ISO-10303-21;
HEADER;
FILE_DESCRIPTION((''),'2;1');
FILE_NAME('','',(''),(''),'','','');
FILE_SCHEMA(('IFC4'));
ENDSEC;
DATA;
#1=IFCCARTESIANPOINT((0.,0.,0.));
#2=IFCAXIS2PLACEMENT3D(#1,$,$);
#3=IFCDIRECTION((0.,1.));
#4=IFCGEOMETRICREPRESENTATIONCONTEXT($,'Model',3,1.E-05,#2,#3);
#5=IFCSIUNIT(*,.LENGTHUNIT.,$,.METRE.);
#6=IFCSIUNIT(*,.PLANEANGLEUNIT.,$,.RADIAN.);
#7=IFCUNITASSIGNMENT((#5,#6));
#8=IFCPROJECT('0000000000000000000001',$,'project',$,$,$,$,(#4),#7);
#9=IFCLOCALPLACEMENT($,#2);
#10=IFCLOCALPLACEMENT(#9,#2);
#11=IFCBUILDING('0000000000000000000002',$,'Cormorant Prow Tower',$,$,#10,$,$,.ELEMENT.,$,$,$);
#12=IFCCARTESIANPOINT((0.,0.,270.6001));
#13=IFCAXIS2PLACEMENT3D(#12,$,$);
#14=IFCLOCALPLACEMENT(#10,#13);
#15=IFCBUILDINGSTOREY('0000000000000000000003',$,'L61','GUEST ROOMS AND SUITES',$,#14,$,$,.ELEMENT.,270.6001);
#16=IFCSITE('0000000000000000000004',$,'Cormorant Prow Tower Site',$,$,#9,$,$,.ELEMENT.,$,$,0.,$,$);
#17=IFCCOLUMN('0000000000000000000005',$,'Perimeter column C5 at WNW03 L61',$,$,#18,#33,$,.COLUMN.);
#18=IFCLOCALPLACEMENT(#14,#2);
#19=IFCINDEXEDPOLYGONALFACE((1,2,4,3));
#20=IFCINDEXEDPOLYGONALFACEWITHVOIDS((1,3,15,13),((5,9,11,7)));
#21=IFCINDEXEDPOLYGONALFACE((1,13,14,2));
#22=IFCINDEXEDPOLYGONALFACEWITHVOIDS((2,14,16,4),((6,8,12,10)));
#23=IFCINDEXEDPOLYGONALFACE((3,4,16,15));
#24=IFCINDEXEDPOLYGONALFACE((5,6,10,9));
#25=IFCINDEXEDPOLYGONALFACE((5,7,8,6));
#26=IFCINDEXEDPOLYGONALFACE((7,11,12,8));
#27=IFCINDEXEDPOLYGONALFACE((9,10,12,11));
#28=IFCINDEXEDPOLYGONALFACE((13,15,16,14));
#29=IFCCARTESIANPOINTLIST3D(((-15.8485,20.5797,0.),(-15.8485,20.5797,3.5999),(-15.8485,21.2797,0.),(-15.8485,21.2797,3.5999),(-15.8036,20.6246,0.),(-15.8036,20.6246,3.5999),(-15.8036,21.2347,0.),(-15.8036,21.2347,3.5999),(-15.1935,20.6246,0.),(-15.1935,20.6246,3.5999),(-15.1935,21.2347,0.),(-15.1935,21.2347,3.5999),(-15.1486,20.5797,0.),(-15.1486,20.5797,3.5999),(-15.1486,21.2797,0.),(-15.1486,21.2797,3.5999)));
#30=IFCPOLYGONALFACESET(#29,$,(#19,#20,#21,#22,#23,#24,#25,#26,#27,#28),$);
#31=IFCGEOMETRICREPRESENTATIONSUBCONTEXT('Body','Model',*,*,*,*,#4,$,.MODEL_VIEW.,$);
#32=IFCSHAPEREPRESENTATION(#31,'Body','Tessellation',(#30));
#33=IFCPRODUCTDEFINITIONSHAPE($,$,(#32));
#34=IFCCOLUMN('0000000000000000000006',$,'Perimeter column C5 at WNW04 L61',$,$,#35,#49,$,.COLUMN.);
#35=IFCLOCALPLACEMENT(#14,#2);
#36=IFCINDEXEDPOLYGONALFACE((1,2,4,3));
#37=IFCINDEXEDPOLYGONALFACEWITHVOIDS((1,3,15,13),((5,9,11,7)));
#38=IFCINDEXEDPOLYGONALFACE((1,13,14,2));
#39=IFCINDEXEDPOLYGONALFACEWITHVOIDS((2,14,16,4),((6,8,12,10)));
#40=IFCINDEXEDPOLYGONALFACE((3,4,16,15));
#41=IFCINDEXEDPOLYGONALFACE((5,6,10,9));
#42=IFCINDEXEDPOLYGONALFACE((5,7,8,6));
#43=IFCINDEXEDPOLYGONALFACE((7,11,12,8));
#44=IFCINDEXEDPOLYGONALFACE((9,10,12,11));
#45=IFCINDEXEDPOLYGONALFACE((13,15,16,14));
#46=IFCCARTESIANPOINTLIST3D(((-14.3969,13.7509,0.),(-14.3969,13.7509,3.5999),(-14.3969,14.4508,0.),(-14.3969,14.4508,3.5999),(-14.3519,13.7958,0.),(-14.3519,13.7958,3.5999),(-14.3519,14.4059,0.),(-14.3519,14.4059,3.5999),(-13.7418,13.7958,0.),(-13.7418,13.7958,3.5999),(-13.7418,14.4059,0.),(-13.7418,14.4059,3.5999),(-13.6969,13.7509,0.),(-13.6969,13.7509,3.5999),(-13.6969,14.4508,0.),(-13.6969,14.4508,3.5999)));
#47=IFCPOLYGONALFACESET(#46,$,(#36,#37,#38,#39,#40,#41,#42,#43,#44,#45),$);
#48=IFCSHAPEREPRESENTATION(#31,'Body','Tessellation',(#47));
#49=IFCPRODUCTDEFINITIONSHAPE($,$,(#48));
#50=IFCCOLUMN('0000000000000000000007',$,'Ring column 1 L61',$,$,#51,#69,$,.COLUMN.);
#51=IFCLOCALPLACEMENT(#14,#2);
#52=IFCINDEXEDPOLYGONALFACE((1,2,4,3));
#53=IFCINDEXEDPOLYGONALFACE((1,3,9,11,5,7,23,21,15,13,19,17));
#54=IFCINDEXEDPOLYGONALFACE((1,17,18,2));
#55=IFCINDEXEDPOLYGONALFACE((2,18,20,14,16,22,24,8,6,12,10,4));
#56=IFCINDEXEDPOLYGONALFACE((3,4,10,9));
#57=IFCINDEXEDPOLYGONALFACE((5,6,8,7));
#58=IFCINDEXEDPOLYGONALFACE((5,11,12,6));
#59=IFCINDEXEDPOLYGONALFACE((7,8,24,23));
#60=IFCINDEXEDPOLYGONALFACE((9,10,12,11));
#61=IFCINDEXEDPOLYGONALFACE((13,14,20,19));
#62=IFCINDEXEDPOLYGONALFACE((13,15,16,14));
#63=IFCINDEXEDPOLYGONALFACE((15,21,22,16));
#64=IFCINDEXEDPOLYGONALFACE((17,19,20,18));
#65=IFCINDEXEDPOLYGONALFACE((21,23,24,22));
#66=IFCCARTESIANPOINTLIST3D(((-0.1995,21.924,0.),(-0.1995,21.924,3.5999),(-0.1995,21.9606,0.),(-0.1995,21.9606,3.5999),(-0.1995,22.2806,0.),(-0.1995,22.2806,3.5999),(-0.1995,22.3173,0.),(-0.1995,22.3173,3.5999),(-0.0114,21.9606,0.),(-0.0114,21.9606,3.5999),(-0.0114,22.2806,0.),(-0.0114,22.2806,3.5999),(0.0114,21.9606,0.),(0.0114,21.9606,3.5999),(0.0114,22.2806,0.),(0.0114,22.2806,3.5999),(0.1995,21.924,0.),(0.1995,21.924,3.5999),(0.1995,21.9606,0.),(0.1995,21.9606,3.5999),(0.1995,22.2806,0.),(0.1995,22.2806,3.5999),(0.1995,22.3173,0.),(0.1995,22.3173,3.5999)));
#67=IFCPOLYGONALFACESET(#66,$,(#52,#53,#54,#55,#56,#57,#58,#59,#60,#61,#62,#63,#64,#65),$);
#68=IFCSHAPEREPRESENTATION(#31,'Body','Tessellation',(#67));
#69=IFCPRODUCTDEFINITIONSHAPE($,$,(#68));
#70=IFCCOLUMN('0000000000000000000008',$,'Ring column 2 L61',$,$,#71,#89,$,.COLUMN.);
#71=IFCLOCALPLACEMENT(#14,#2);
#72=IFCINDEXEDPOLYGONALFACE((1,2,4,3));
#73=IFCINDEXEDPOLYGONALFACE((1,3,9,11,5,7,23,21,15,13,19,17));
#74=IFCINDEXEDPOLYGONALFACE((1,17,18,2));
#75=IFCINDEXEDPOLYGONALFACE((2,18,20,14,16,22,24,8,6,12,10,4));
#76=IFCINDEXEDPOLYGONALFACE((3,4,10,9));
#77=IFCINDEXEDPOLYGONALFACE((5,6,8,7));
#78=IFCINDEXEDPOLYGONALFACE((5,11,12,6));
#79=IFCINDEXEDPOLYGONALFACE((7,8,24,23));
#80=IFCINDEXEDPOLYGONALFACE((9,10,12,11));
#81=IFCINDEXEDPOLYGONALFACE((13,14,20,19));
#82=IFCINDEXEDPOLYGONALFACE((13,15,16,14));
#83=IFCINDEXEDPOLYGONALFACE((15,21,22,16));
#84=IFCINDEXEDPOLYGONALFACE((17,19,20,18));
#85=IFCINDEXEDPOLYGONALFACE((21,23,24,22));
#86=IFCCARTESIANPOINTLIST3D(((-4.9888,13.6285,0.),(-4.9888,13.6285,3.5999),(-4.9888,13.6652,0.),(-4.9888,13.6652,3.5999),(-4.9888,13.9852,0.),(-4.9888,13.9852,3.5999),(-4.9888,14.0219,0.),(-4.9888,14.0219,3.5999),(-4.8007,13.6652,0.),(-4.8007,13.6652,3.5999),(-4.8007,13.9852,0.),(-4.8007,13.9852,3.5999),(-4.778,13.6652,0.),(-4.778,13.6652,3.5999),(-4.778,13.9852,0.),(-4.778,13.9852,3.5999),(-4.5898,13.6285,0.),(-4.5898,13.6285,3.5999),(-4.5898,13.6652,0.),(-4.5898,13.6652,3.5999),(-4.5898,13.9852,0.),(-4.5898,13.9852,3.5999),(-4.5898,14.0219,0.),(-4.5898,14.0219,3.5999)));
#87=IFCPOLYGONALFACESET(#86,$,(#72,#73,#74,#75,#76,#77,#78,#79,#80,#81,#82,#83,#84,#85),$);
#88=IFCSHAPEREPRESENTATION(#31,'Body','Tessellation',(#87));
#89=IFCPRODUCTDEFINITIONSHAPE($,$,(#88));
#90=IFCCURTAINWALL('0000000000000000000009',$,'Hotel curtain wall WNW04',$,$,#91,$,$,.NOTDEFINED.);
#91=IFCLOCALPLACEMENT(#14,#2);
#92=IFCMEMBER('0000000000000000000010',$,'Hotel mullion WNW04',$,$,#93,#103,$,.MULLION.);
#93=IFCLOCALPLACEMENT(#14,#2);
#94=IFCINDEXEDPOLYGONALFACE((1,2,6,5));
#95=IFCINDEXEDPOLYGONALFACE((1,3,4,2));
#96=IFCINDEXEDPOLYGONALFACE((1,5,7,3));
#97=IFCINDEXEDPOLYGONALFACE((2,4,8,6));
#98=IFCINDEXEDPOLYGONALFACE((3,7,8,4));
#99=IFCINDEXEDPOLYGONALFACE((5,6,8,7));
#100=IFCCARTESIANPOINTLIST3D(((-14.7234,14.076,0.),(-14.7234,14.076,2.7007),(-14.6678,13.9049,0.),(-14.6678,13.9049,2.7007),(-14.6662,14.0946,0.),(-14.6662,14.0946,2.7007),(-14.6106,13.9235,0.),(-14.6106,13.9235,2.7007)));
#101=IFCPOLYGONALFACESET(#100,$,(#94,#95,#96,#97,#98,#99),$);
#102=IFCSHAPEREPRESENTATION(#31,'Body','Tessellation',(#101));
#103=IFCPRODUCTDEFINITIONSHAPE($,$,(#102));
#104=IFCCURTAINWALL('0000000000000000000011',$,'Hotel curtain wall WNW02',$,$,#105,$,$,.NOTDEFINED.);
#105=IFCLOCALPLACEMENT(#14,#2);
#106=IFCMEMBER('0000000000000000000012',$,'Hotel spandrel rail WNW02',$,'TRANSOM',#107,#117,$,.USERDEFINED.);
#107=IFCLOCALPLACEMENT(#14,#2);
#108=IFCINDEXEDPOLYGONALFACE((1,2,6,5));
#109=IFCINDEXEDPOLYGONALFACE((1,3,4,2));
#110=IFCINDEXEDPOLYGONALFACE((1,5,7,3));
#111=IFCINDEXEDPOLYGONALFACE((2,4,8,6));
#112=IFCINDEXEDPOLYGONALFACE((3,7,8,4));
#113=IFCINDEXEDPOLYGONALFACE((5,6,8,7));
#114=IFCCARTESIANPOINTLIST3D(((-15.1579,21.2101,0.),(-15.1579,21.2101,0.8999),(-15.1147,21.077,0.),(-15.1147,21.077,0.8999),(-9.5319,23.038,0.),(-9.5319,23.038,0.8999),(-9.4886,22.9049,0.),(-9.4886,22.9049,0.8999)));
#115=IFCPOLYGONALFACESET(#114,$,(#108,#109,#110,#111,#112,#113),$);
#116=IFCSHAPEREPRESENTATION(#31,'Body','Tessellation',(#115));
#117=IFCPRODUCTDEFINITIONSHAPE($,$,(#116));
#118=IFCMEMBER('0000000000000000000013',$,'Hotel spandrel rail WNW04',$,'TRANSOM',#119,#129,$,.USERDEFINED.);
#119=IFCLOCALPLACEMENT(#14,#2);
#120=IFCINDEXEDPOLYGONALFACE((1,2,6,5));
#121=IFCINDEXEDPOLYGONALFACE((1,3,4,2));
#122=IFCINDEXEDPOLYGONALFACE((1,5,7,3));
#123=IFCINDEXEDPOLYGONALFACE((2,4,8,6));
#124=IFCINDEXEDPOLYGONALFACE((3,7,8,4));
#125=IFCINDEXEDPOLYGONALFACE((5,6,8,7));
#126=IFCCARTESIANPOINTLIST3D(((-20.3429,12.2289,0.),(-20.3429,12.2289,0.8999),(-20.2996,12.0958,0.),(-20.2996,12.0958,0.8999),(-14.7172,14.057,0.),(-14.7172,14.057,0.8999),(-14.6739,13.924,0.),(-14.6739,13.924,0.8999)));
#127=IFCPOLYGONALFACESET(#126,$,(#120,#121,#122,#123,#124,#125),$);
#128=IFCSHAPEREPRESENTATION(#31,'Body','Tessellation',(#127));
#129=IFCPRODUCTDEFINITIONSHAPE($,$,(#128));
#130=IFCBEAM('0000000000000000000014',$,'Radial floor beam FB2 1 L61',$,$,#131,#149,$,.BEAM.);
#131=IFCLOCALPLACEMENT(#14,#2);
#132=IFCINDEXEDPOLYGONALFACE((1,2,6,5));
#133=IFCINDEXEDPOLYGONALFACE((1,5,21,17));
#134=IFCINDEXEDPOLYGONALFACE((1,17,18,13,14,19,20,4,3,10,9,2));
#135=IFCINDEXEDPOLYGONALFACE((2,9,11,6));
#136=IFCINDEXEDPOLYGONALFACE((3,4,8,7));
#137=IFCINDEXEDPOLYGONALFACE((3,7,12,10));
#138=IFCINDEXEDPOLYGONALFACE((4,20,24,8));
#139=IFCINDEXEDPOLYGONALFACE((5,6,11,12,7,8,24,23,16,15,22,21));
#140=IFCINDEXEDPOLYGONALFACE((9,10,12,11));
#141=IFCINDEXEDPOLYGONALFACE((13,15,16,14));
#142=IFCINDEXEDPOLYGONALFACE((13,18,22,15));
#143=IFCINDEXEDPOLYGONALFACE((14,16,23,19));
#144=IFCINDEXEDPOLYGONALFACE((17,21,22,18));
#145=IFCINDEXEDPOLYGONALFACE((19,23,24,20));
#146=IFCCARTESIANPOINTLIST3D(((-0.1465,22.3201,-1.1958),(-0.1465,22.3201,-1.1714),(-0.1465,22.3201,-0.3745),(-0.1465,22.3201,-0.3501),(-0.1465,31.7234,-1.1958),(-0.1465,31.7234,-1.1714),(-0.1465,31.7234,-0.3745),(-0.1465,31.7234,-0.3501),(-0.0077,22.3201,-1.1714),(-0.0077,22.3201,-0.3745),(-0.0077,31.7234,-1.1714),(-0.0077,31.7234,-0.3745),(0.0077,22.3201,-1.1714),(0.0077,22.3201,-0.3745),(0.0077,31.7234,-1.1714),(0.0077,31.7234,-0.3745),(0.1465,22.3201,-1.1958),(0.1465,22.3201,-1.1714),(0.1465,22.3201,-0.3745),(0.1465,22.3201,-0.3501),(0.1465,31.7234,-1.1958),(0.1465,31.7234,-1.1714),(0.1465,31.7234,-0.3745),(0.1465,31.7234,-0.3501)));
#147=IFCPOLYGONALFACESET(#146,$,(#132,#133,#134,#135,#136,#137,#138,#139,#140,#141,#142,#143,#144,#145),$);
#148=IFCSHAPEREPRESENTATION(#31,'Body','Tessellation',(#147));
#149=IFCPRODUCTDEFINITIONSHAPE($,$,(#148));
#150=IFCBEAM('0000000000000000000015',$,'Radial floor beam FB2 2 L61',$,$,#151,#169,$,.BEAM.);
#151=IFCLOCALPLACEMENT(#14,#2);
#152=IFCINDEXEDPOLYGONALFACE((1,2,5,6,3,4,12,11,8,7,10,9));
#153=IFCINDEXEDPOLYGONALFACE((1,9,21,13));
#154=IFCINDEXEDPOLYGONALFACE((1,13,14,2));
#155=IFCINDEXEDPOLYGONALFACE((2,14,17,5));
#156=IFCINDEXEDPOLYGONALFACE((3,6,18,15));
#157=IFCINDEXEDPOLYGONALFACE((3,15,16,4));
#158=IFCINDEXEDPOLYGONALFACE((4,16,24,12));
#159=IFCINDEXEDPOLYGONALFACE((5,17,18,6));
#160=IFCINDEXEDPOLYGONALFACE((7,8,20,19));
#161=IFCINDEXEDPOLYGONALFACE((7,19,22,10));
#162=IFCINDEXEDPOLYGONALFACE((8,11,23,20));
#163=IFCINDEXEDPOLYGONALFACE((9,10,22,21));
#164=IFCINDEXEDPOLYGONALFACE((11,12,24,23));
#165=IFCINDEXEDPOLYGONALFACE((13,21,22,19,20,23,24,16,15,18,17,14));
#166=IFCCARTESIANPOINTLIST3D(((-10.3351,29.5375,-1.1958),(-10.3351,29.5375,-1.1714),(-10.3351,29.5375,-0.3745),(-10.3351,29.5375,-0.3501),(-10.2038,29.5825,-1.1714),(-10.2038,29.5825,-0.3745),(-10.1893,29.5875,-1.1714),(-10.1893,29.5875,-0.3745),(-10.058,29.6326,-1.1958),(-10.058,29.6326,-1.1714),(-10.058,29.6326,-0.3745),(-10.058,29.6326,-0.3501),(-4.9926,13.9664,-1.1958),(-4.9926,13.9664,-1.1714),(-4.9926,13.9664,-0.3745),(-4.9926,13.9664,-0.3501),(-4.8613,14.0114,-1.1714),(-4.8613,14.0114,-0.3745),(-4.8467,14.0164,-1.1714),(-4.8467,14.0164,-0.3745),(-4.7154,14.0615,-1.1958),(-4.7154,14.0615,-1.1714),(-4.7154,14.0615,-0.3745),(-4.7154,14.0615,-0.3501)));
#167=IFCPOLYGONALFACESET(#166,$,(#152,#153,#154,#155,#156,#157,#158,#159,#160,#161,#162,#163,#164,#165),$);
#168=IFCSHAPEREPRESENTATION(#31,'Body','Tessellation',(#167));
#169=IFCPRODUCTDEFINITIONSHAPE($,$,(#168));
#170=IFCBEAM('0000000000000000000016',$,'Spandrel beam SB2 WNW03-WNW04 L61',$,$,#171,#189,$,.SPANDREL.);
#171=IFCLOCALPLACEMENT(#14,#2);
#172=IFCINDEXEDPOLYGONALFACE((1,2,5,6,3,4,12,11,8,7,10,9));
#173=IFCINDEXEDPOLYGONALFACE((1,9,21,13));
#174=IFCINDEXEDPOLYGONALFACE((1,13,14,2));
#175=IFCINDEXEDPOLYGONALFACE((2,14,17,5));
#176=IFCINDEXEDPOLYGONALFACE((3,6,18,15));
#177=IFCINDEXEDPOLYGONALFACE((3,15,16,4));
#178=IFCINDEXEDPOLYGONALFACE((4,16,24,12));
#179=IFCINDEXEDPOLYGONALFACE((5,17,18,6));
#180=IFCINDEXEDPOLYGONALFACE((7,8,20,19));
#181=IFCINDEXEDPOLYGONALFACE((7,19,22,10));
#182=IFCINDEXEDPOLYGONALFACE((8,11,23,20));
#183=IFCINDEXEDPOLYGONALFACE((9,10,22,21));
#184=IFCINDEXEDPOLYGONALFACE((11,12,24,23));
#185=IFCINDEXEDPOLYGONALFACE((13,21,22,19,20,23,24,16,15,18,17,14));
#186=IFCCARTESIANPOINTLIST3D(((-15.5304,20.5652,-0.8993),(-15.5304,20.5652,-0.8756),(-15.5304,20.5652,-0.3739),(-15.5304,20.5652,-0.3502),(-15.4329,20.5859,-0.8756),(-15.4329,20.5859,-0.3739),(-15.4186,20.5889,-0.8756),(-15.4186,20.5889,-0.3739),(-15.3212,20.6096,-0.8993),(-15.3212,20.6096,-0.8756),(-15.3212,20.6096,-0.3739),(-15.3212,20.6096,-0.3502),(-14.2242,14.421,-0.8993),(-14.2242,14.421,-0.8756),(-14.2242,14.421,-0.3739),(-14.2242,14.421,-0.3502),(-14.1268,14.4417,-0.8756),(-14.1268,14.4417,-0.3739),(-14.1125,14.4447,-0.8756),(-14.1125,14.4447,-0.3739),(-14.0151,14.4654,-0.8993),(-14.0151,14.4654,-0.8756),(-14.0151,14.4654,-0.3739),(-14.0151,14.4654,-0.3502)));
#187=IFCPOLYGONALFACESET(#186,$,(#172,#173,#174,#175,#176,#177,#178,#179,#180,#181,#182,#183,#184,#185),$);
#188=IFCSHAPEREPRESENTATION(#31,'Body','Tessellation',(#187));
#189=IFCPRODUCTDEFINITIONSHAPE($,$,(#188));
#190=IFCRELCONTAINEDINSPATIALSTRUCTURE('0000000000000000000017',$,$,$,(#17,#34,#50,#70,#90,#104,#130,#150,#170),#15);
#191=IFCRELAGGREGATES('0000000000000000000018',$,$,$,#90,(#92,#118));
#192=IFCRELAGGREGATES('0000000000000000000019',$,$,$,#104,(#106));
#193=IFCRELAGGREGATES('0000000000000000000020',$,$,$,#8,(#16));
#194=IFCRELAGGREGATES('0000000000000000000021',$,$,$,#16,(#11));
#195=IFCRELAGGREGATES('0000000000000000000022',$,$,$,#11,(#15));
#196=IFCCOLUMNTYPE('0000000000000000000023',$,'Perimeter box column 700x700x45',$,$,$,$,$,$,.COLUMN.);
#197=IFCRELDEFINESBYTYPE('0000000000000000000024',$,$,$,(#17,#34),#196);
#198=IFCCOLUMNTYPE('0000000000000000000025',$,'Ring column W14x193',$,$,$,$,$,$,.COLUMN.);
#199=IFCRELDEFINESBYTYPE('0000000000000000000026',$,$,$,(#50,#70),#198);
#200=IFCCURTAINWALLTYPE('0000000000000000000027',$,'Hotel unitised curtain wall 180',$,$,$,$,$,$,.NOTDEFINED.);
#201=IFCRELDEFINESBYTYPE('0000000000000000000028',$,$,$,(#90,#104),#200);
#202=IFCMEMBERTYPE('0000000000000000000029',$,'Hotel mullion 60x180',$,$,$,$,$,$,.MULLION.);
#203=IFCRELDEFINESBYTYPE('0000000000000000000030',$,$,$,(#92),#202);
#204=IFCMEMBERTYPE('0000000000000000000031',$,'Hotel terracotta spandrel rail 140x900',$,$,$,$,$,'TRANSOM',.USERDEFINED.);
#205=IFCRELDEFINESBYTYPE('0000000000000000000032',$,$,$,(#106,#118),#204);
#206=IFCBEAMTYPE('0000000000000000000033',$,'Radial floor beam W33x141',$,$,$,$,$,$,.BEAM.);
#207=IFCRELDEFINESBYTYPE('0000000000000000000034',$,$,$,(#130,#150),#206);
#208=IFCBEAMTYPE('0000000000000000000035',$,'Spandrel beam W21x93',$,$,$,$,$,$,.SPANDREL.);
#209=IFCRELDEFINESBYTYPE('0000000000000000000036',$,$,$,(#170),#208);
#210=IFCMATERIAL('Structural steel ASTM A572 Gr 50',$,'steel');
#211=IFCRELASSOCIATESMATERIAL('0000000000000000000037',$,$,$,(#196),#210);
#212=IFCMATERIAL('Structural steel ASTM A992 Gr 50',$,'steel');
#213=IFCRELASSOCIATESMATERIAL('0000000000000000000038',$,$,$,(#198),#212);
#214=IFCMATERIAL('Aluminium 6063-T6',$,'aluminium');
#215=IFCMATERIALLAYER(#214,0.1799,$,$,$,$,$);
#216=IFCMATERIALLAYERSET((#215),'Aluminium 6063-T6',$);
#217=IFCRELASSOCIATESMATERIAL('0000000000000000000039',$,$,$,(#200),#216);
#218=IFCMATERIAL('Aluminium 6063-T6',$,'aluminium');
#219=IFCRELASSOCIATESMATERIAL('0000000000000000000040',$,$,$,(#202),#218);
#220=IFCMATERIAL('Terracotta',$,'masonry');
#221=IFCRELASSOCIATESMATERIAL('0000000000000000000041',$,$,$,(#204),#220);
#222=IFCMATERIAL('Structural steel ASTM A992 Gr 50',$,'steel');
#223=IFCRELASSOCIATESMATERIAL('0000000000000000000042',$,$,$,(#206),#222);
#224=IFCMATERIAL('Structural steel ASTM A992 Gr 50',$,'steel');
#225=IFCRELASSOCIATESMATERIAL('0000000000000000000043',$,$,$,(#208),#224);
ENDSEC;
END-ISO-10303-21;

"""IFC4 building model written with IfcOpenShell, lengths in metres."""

from ifc_helpers import new_model, si_unit, direction, frame, origin, origin_2d, place, context, subcontext, project, spatial, rectangle, hollow_rectangle, i_section, extrude, material, layer, layer_set, material_profile, profile_set, type_object, element, aggregate, save


model = new_model("IFC4")

# Units and contexts
model_context = context("Model", 3, precision=1e-05, world=origin(), true_north=direction((0.0, 1.0)))
body_context = subcontext(model_context, "Body", "Model", "MODEL_VIEW")
ifc_project = project(units=[si_unit("LENGTHUNIT", "METRE"), si_unit("PLANEANGLEUNIT", "RADIAN")], contexts=[model_context])

# Site, building, storey
site_placement = place(None, origin())
site = spatial("IfcSite", under=ifc_project, at=site_placement, Name="Cormorant Prow Tower Site", CompositionType="ELEMENT", RefElevation=0.0)
building_placement = place(site_placement, origin())
building = spatial("IfcBuilding", under=site, at=building_placement, Name="Cormorant Prow Tower", CompositionType="ELEMENT")
storey_placement = place(building_placement, frame((0.0, 0.0, 270.6001)))
storey = spatial("IfcBuildingStorey", under=building, at=storey_placement, Name="L61", Description="GUEST ROOMS AND SUITES", CompositionType="ELEMENT", Elevation=270.6001)

# Columns
ifc_material_1 = material(Name="Structural steel ASTM A572 Gr 50", Category="steel")
ifc_material_profile_1 = material_profile(ifc_material_1, hollow_rectangle(XDim=0.7, YDim=0.7, WallThickness=0.0449, at=origin_2d()), Name="Box 700x700x45")
ifc_profile_set_1 = profile_set([ifc_material_profile_1], Name="Structural steel ASTM A572 Gr 50")
column_type_1 = type_object("IfcColumnType", Name="Perimeter box column 700x700x45", PredefinedType="COLUMN", material=ifc_profile_set_1)
for number, where, z_axis, x_axis, name in (
    (1, (-15.4985, 20.9297, 0.0), (0.0, 0.0, 1.0), (1.0, 0.0, 0.0), "Perimeter column C5 at WNW03 L61"),
    (2, (-14.0469, 14.1008, 0.0), (0.0, 0.0, 1.0), (1.0, 0.0, 0.0), "Perimeter column C5 at WNW04 L61"),
):
    element("IfcColumn", number, at=place(storey_placement, frame(where, z_axis=z_axis, x_axis=x_axis)), inside=storey, type_object=column_type_1, Name=name, PredefinedType="COLUMN", context=body_context, shape_type="SweptSolid", body=[
        extrude(hollow_rectangle(XDim=0.7, YDim=0.7, WallThickness=0.0449, at=origin_2d()), origin(), (0.0, 0.0, 1.0), 3.5999),
    ])
ifc_material_2 = material(Name="Structural steel ASTM A992 Gr 50", Category="steel")
ifc_material_profile_2 = material_profile(ifc_material_2, i_section(OverallWidth=0.3989, OverallDepth=0.3933, WebThickness=0.0227, FlangeThickness=0.0366, at=origin_2d()), Name="W14x193")
ifc_profile_set_2 = profile_set([ifc_material_profile_2], Name="Structural steel ASTM A992 Gr 50")
column_type_2 = type_object("IfcColumnType", Name="Ring column W14x193", PredefinedType="COLUMN", material=ifc_profile_set_2)
for number, where, z_axis, x_axis, name in (
    (3, (0.0, 22.1206, 0.0), (0.0, 0.0, 1.0), (1.0, 0.0, 0.0), "Ring column 1 L61"),
    (4, (-4.7893, 13.8252, 0.0), (0.0, 0.0, 1.0), (1.0, 0.0, 0.0), "Ring column 2 L61"),
):
    element("IfcColumn", number, at=place(storey_placement, frame(where, z_axis=z_axis, x_axis=x_axis)), inside=storey, type_object=column_type_2, Name=name, PredefinedType="COLUMN", context=body_context, shape_type="SweptSolid", body=[
        extrude(i_section(OverallWidth=0.3989, OverallDepth=0.3933, WebThickness=0.0227, FlangeThickness=0.0366, at=origin_2d()), origin(), (0.0, 0.0, 1.0), 3.5999),
    ])

# Curtain walls, members
ifc_material_3 = material(Name="Aluminium 6063-T6", Category="aluminium")
ifc_layer_1 = layer(ifc_material_3, 0.1799)
ifc_layer_set_1 = layer_set([ifc_layer_1], Name="Aluminium 6063-T6")
curtain_wall_type = type_object("IfcCurtainWallType", Name="Hotel unitised curtain wall 180", PredefinedType="NOTDEFINED", material=ifc_layer_set_1)
curtain_wall_1_placement = place(storey_placement, origin())
curtain_wall_1 = element("IfcCurtainWall", 5, at=curtain_wall_1_placement, inside=storey, type_object=curtain_wall_type, Name="Hotel curtain wall WNW04", PredefinedType="NOTDEFINED")
ifc_material_4 = material(Name="Aluminium 6063-T6", Category="aluminium")
ifc_material_profile_3 = material_profile(ifc_material_4, rectangle(XDim=0.1799, YDim=0.0601, at=origin_2d()), Name="Hotel mullion 60x180")
ifc_profile_set_3 = profile_set([ifc_material_profile_3], Name="Aluminium 6063-T6")
member_type_1 = type_object("IfcMemberType", Name="Hotel mullion 60x180", PredefinedType="MULLION", material=ifc_profile_set_3)
member_1_placement = place(storey_placement, frame((-14.667, 13.9998, 0.0), z_axis=(0.0, 0.0, 1.0), x_axis=(0.309017, -0.951057, 0.0)))
member_1 = element("IfcMember", 6, at=member_1_placement, type_object=member_type_1, Name="Hotel mullion WNW04", PredefinedType="MULLION", context=body_context, shape_type="SweptSolid", body=[
    extrude(rectangle(XDim=0.1799, YDim=0.0601, at=origin_2d()), origin(), (0.0, 0.0, 1.0), 2.7007),
])
curtain_wall_2_placement = place(storey_placement, origin())
curtain_wall_2 = element("IfcCurtainWall", 7, at=curtain_wall_2_placement, inside=storey, type_object=curtain_wall_type, Name="Hotel curtain wall WNW02", PredefinedType="NOTDEFINED")
ifc_material_5 = material(Name="Terracotta", Category="masonry")
ifc_material_profile_4 = material_profile(ifc_material_5, rectangle(XDim=0.1399, YDim=0.8999, at=origin_2d()), Name="Hotel terracotta spandrel rail 140x900")
ifc_profile_set_4 = profile_set([ifc_material_profile_4], Name="Terracotta")
member_type_2 = type_object("IfcMemberType", Name="Hotel terracotta spandrel rail 140x900", ElementType="TRANSOM", PredefinedType="USERDEFINED", material=ifc_profile_set_4)
member_2_placement = place(storey_placement, frame((-9.5103, 22.9714, 0.45), z_axis=(-0.951062, -0.309, 0.0), x_axis=(0.309, -0.951062, 0.0)))
member_2 = element("IfcMember", 8, at=member_2_placement, type_object=member_type_2, Name="Hotel spandrel rail WNW02", ObjectType="TRANSOM", PredefinedType="USERDEFINED", context=body_context, shape_type="SweptSolid", body=[
    extrude(rectangle(XDim=0.1399, YDim=0.8999, at=origin_2d()), origin(), (0.0, 0.0, 1.0), 5.9155),
])

# Member
member_3_placement = place(storey_placement, frame((-14.6956, 13.9905, 0.45), z_axis=(-0.951046, -0.30905, 0.0), x_axis=(0.30905, -0.951046, 0.0)))
member_3 = element("IfcMember", 9, at=member_3_placement, type_object=member_type_2, Name="Hotel spandrel rail WNW04", ObjectType="TRANSOM", PredefinedType="USERDEFINED", context=body_context, shape_type="SweptSolid", body=[
    extrude(rectangle(XDim=0.1399, YDim=0.8999, at=origin_2d()), origin(), (0.0, 0.0, 1.0), 5.9153),
])
aggregate(curtain_wall_1, [member_1, member_3])

# Beams
ifc_material_6 = material(Name="Structural steel ASTM A992 Gr 50", Category="steel")
ifc_material_profile_5 = material_profile(ifc_material_6, i_section(OverallWidth=0.293, OverallDepth=0.8457, WebThickness=0.0154, FlangeThickness=0.0244, at=origin_2d()), Name="W33x141")
ifc_profile_set_5 = profile_set([ifc_material_profile_5], Name="Structural steel ASTM A992 Gr 50")
beam_type_1 = type_object("IfcBeamType", Name="Radial floor beam W33x141", PredefinedType="BEAM", material=ifc_profile_set_5)
beam_1_placement = place(storey_placement, frame((0.0, 22.3201, -0.7729), z_axis=(0.0, 1.0, 0.0), x_axis=(-1.0, 0.0, 0.0)))
element("IfcBeam", 10, at=beam_1_placement, inside=storey, type_object=beam_type_1, Name="Radial floor beam FB2 1 L61", PredefinedType="BEAM", context=body_context, shape_type="SweptSolid", body=[
    extrude(i_section(OverallWidth=0.293, OverallDepth=0.8457, WebThickness=0.0154, FlangeThickness=0.0244, at=origin_2d()), origin(), (0.0, 0.0, 1.0), 9.4033),
])
beam_2_placement = place(storey_placement, frame((-4.854, 14.0139, -0.7729), z_axis=(-0.324536, 0.945874, 0.0), x_axis=(-0.945874, -0.324536, 0.0)))
element("IfcBeam", 11, at=beam_2_placement, inside=storey, type_object=beam_type_1, Name="Radial floor beam FB2 2 L61", PredefinedType="BEAM", context=body_context, shape_type="SweptSolid", body=[
    extrude(i_section(OverallWidth=0.293, OverallDepth=0.8457, WebThickness=0.0154, FlangeThickness=0.0244, at=origin_2d()), origin(), (0.0, 0.0, 1.0), 16.4622),
])
ifc_material_7 = material(Name="Structural steel ASTM A992 Gr 50", Category="steel")
ifc_material_profile_6 = material_profile(ifc_material_7, i_section(OverallWidth=0.2139, OverallDepth=0.5491, WebThickness=0.0146, FlangeThickness=0.0237, at=origin_2d()), Name="W21x93")
ifc_profile_set_6 = profile_set([ifc_material_profile_6], Name="Structural steel ASTM A992 Gr 50")
beam_type_2 = type_object("IfcBeamType", Name="Spandrel beam W21x93", PredefinedType="SPANDREL", material=ifc_profile_set_6)
beam_3_placement = place(storey_placement, frame((-15.4258, 20.5874, -0.6248), z_axis=(0.207934, -0.978143, 0.0), x_axis=(0.978143, 0.207934, 0.0)))
element("IfcBeam", 12, at=beam_3_placement, inside=storey, type_object=beam_type_2, Name="Spandrel beam SB2 WNW03-WNW04 L61", PredefinedType="SPANDREL", context=body_context, shape_type="SweptSolid", body=[
    extrude(i_section(OverallWidth=0.2139, OverallDepth=0.5491, WebThickness=0.0146, FlangeThickness=0.0237, at=origin_2d()), origin(), (0.0, 0.0, 1.0), 6.2815),
])

aggregate(curtain_wall_2, [member_2])

save(model, "model.ifc")
